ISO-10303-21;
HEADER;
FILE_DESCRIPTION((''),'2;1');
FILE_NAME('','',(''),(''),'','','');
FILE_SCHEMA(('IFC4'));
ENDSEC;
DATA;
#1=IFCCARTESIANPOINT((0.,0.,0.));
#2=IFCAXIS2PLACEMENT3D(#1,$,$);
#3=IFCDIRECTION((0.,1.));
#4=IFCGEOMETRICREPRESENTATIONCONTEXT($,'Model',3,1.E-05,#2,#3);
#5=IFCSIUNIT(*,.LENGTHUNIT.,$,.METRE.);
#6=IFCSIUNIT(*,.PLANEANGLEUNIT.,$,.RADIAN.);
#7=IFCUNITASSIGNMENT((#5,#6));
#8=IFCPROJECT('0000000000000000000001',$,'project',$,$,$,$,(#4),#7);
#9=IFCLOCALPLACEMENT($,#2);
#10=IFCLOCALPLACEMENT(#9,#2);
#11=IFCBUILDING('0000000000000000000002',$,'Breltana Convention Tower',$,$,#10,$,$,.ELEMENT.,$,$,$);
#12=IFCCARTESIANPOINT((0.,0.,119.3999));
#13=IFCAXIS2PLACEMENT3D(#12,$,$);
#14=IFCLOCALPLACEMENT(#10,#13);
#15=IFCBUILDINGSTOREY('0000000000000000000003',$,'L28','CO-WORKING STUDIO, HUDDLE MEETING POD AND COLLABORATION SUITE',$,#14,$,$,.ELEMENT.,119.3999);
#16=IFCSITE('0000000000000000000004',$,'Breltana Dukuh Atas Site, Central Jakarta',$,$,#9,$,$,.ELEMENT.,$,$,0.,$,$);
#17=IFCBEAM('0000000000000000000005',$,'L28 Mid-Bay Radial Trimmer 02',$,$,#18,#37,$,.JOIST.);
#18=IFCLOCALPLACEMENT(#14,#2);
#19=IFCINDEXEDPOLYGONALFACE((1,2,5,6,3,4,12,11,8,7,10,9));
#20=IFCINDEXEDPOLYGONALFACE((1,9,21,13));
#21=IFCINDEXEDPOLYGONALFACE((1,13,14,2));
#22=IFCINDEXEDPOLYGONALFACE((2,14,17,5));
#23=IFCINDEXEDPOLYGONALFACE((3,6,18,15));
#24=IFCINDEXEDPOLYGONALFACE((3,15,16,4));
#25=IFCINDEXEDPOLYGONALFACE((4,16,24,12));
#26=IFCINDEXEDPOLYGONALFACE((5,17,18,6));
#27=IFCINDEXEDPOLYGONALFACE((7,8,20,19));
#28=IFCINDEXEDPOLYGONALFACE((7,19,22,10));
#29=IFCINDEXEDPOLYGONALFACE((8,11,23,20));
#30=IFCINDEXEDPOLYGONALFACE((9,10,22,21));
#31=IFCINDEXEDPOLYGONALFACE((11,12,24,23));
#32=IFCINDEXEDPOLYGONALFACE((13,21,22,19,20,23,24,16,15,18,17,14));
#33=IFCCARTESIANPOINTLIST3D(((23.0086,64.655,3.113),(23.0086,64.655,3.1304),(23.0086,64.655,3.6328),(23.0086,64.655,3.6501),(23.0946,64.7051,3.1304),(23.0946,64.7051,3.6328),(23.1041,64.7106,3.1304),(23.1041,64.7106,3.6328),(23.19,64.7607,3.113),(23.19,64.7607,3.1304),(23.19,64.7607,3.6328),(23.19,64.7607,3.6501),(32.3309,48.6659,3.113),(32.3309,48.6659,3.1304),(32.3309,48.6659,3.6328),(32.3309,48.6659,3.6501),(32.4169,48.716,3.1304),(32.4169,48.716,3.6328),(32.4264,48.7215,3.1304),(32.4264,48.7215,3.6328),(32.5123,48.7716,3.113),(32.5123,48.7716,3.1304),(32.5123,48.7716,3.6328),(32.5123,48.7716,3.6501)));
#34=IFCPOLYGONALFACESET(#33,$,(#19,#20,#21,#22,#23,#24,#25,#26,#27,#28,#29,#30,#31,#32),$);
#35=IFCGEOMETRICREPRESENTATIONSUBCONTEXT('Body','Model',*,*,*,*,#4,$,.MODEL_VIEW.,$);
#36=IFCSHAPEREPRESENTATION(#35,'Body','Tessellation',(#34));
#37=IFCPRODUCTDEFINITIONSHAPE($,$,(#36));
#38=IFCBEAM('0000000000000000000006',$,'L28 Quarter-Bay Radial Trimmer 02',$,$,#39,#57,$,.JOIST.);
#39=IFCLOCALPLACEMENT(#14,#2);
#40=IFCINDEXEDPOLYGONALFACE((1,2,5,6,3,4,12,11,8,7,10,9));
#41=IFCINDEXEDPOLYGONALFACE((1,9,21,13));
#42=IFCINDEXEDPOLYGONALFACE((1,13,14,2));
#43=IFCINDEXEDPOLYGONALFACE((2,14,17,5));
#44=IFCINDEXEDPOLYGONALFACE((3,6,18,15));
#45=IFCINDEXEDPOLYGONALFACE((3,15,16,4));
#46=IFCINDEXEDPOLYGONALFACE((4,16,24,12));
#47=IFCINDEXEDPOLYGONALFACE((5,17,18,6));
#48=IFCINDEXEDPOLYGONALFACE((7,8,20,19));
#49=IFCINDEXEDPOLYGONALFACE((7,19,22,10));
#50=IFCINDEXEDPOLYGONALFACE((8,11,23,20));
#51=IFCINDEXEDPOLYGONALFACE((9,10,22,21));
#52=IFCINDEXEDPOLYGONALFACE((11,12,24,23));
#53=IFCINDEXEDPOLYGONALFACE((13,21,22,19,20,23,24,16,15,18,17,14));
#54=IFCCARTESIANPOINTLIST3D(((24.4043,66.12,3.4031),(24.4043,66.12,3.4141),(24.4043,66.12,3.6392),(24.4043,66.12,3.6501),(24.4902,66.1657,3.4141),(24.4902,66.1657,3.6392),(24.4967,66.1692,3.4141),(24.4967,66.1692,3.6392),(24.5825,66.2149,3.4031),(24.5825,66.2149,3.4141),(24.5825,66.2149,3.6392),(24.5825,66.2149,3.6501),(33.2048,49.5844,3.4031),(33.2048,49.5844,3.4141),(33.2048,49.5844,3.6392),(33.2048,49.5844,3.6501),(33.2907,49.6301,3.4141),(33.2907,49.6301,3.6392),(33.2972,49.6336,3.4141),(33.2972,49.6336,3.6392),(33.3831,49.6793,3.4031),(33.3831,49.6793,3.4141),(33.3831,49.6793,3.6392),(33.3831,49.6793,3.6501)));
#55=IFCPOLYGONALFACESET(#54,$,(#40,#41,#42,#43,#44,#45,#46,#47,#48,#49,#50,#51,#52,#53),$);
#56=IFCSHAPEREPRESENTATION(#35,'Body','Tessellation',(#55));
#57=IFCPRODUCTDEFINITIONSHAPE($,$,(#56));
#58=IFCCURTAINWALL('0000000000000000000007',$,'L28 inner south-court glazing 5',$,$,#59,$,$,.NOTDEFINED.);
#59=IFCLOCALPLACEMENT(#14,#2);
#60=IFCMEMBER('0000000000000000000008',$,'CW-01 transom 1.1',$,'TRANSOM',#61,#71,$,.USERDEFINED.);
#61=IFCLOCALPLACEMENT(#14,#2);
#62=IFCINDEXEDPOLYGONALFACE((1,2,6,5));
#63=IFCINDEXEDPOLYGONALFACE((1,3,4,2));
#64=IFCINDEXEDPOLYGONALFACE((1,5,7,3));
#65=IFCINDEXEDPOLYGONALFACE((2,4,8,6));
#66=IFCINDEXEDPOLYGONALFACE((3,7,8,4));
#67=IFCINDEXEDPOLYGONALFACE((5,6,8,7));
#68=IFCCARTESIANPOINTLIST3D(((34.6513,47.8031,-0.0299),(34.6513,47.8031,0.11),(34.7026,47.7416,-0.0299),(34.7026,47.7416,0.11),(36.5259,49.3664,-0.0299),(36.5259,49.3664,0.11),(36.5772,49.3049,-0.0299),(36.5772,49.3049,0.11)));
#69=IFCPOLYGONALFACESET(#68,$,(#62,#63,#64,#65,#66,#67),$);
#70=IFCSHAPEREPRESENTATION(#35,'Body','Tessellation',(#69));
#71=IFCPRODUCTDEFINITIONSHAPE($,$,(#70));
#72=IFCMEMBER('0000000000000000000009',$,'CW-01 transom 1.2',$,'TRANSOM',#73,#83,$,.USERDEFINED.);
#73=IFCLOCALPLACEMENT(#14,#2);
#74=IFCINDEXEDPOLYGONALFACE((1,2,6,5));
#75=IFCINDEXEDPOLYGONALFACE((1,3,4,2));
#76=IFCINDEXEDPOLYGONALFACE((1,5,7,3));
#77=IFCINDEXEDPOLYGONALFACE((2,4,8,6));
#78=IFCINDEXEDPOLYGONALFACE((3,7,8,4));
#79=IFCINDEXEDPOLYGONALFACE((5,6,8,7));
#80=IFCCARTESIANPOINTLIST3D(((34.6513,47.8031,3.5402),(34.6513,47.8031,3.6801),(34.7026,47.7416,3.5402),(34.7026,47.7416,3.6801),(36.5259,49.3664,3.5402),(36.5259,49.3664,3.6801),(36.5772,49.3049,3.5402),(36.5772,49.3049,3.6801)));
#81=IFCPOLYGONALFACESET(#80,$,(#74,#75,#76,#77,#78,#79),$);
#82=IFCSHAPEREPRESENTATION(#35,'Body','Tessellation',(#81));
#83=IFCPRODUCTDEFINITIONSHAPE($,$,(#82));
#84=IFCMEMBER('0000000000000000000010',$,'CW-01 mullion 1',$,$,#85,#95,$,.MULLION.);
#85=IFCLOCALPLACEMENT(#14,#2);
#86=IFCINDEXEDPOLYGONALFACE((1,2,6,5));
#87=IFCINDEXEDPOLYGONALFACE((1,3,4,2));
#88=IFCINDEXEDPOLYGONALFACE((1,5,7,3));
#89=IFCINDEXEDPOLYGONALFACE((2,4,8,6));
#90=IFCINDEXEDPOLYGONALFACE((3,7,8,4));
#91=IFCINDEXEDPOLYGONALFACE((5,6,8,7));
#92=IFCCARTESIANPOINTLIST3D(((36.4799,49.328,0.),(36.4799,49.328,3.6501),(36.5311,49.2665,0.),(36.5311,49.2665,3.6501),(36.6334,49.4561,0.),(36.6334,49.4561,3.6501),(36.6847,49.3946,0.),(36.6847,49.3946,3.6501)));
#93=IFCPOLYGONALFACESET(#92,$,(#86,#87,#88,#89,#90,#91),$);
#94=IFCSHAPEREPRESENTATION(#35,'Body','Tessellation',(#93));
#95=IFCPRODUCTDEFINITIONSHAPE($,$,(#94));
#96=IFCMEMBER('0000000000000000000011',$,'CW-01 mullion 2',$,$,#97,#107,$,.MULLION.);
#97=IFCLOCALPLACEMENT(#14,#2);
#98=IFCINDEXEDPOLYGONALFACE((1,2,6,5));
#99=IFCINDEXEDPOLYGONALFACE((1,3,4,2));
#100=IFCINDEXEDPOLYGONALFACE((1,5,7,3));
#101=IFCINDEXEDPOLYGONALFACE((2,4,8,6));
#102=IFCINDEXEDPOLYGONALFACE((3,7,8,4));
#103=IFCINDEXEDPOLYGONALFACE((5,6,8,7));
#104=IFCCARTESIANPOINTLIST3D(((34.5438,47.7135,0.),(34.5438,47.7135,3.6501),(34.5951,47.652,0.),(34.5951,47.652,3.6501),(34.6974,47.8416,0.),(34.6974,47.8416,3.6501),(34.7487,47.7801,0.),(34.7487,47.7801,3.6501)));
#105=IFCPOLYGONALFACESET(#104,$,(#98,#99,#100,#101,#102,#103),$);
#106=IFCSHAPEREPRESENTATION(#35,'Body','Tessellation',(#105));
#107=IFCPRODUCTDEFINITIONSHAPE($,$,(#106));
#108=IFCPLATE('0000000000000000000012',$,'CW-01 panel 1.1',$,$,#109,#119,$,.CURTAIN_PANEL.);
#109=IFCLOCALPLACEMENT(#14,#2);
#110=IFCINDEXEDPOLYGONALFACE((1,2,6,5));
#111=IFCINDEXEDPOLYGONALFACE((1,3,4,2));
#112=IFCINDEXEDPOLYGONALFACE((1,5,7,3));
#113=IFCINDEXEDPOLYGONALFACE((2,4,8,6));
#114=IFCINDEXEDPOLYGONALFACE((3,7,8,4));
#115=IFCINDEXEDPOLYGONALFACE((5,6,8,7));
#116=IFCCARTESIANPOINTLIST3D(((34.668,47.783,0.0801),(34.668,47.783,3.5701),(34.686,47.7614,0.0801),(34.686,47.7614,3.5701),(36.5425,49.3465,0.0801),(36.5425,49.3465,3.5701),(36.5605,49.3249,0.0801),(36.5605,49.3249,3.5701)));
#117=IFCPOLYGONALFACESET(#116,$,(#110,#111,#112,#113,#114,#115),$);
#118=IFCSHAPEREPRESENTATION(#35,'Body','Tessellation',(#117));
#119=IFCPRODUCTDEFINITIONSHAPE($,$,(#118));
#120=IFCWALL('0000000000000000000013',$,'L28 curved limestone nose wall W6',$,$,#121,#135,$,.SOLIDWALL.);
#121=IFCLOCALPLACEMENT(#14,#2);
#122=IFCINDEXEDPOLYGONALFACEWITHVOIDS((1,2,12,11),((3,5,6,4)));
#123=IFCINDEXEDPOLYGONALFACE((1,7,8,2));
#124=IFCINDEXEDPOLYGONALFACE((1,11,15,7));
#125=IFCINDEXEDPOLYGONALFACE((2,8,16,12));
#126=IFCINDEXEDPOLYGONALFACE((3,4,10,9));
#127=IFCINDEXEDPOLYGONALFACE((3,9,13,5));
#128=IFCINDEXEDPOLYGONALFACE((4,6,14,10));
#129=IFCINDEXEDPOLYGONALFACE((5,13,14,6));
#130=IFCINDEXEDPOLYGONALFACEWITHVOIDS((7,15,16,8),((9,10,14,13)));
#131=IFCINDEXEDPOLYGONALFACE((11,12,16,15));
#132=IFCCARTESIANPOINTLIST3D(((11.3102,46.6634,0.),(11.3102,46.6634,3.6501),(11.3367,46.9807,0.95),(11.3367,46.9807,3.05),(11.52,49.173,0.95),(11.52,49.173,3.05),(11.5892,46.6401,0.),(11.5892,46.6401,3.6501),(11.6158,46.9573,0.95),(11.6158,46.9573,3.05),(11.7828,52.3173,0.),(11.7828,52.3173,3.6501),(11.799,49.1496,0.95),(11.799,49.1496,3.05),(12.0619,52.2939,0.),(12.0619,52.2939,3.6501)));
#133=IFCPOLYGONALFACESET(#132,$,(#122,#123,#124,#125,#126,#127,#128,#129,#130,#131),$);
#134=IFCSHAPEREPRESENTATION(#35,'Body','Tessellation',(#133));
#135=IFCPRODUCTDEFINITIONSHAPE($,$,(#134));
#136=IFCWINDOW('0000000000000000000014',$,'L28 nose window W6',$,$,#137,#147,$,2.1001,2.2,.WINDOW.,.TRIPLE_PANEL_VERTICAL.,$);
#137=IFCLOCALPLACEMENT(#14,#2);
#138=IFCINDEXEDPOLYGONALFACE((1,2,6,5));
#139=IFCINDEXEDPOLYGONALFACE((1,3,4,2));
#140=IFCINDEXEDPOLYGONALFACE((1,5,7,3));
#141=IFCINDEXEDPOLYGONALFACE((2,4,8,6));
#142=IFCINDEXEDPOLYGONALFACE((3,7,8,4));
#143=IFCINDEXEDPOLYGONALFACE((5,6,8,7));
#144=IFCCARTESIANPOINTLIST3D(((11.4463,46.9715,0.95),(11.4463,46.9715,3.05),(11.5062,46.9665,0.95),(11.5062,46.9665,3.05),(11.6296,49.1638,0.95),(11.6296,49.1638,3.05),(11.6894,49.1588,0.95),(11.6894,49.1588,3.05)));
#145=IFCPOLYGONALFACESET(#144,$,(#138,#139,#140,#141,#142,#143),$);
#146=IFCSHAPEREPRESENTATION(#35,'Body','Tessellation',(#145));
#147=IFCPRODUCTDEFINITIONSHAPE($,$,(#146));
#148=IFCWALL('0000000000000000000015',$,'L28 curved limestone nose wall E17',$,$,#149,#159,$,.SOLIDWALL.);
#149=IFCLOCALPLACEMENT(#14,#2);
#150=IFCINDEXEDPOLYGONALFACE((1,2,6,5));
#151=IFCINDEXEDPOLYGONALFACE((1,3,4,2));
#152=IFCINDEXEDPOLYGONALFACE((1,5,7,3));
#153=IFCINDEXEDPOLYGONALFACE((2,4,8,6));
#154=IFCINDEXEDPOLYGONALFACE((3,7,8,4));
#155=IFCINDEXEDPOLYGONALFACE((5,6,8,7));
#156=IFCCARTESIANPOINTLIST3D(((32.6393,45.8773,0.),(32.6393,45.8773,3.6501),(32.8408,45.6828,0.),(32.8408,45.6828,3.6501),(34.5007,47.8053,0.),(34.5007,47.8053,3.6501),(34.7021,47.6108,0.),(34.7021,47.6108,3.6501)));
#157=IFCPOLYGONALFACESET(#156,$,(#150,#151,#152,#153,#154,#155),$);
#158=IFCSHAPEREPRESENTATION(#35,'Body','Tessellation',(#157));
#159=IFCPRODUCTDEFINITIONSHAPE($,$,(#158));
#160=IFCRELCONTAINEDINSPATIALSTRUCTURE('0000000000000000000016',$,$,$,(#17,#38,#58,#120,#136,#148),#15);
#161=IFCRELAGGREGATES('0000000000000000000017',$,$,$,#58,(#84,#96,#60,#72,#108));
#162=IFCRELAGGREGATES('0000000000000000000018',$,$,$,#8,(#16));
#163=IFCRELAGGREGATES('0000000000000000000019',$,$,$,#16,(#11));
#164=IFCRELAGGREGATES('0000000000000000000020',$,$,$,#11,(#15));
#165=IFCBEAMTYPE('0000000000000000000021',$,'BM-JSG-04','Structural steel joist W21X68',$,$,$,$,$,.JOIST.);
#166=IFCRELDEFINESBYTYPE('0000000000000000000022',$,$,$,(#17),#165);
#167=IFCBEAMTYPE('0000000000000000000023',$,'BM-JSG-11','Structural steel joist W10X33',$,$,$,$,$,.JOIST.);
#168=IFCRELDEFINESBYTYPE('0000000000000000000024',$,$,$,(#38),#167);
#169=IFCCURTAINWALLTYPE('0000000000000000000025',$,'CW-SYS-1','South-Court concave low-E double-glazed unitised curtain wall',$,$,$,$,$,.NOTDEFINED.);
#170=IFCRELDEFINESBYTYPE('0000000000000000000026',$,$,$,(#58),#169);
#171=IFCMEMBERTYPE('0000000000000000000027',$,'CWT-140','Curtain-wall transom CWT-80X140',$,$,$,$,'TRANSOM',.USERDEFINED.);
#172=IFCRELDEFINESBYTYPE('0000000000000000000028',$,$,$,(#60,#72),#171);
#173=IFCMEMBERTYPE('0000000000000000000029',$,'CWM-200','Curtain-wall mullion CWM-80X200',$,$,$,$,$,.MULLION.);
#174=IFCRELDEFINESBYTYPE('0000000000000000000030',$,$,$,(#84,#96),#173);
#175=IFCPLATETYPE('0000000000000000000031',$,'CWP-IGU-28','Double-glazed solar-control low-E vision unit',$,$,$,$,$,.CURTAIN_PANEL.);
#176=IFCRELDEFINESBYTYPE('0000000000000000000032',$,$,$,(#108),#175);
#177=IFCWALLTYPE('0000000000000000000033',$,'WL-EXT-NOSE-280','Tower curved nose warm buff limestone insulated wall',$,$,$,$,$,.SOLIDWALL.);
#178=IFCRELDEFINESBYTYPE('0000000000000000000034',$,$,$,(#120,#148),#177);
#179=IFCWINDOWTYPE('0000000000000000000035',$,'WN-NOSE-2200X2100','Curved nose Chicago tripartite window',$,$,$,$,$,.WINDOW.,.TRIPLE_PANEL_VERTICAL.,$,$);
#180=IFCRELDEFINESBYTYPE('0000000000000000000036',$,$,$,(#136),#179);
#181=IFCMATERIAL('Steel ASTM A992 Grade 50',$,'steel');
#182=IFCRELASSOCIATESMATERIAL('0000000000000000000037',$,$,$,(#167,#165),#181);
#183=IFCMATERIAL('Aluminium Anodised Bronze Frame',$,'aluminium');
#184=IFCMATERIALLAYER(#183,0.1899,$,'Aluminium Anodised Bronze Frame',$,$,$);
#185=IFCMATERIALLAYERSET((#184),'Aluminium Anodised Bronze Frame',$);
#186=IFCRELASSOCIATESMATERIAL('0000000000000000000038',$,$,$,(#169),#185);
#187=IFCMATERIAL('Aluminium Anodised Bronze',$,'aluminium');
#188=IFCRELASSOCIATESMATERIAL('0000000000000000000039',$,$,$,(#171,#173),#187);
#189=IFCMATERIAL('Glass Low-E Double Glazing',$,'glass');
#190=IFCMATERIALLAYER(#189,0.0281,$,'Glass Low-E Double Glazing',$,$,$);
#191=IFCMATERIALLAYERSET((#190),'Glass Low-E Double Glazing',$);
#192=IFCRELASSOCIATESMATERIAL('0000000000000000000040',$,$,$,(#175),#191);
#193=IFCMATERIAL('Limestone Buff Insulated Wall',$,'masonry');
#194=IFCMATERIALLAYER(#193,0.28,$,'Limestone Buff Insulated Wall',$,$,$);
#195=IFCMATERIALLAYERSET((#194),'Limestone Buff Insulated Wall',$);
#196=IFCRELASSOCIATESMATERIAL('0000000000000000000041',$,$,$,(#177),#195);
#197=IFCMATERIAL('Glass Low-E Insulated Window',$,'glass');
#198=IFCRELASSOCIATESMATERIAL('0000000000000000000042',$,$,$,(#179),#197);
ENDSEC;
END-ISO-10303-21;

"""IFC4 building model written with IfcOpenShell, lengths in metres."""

from ifc_helpers import new_model, si_unit, direction, frame, frame_2d, origin, origin_2d, place, context, subcontext, project, spatial, rectangle, i_section, extrude, source, transform, mapped, material, layer, layer_set, material_profile, profile_set, type_object, type_shapes, element, fill, aggregate, save


model = new_model("IFC4")

# Units and contexts
model_context = context("Model", 3, precision=1e-05, world=origin(), true_north=direction((0.0, 1.0)))
body_context = subcontext(model_context, "Body", "Model", "MODEL_VIEW")
ifc_project = project(units=[si_unit("LENGTHUNIT", "METRE"), si_unit("PLANEANGLEUNIT", "RADIAN")], contexts=[model_context])

# Site, building, storey
site_placement = place(None, origin())
site = spatial("IfcSite", under=ifc_project, at=site_placement, Name="Breltana Dukuh Atas Site, Central Jakarta", CompositionType="ELEMENT", RefElevation=0.0)
building_placement = place(site_placement, origin())
building = spatial("IfcBuilding", under=site, at=building_placement, Name="Breltana Convention Tower", CompositionType="ELEMENT")
storey_placement = place(building_placement, frame((0.0, 0.0, 119.3999)))
storey = spatial("IfcBuildingStorey", under=building, at=storey_placement, Name="L28", Description="CO-WORKING STUDIO, HUDDLE MEETING POD AND COLLABORATION SUITE", CompositionType="ELEMENT", Elevation=119.3999)

# Beams
ifc_material_1 = material(Name="Steel ASTM A992 Grade 50", Category="steel")
ifc_material_profile_1 = material_profile(ifc_material_1, i_section(OverallWidth=0.2019, OverallDepth=0.2471, WebThickness=0.0073, FlangeThickness=0.011, at=origin_2d()), Name="W10X33")
ifc_profile_set_1 = profile_set([ifc_material_profile_1], Name="Steel ASTM A992 Grade 50")
beam_type_1 = type_object("IfcBeamType", Name="BM-JSG-11", Description="Structural steel joist W10X33", PredefinedType="JOIST", material=ifc_profile_set_1)
ifc_material_profile_2 = material_profile(ifc_material_1, i_section(OverallWidth=0.21, OverallDepth=0.5371, WebThickness=0.011, FlangeThickness=0.0173, at=origin_2d()), Name="W21X68")
ifc_profile_set_2 = profile_set([ifc_material_profile_2], Name="Steel ASTM A992 Grade 50")
beam_type_2 = type_object("IfcBeamType", Name="BM-JSG-04", Description="Structural steel joist W21X68", PredefinedType="JOIST", material=ifc_profile_set_2)
shared_shape_1 = source(origin(), body_context, "Body", "SweptSolid", [
    extrude(i_section(OverallWidth=0.21, OverallDepth=0.5371, WebThickness=0.011, FlangeThickness=0.0173, at=origin_2d()), origin(), (0.0, 0.0, 1.0), 18.5083),
])
beam_1_placement = place(storey_placement, frame((32.4216, 48.7188, 3.3816), z_axis=(-0.503683, 0.863888, 0.0), x_axis=(-0.863888, -0.503683, 0.0)))
element("IfcBeam", 1, at=beam_1_placement, inside=storey, type_object=beam_type_2, Name="L28 Mid-Bay Radial Trimmer 02", PredefinedType="JOIST", context=body_context, shape_type="MappedRepresentation", body=[
    mapped(shared_shape_1, transform((0.0, 0.0, 0.0), scale=1.0)),
])
shared_shape_2 = source(origin(), body_context, "Body", "SweptSolid", [
    extrude(i_section(OverallWidth=0.2019, OverallDepth=0.2471, WebThickness=0.0073, FlangeThickness=0.011, at=origin_2d()), origin(), (0.0, 0.0, 1.0), 18.7317),
])
beam_2_placement = place(storey_placement, frame((33.2939, 49.6318, 3.5266), z_axis=(-0.46982, 0.882762, 0.0), x_axis=(-0.882762, -0.46982, 0.0)))
element("IfcBeam", 2, at=beam_2_placement, inside=storey, type_object=beam_type_1, Name="L28 Quarter-Bay Radial Trimmer 02", PredefinedType="JOIST", context=body_context, shape_type="MappedRepresentation", body=[
    mapped(shared_shape_2, transform((0.0, 0.0, 0.0), scale=1.0)),
])

# Curtain wall, members, plate
ifc_material_2 = material(Name="Aluminium Anodised Bronze Frame", Category="aluminium")
ifc_layer_1 = layer(ifc_material_2, 0.1899, Name="Aluminium Anodised Bronze Frame")
ifc_layer_set_1 = layer_set([ifc_layer_1], Name="Aluminium Anodised Bronze Frame")
curtain_wall_type = type_object("IfcCurtainWallType", Name="CW-SYS-1", Description="South-Court concave low-E double-glazed unitised curtain wall", PredefinedType="NOTDEFINED", material=ifc_layer_set_1)
curtain_wall_placement = place(storey_placement, origin())
curtain_wall = element("IfcCurtainWall", 3, at=curtain_wall_placement, inside=storey, type_object=curtain_wall_type, Name="L28 inner south-court glazing 5", PredefinedType="NOTDEFINED")
ifc_material_3 = material(Name="Aluminium Anodised Bronze", Category="aluminium")
ifc_material_profile_3 = material_profile(ifc_material_3, rectangle(XDim=0.0801, YDim=0.1399, at=origin_2d()), Name="CWT-80X140")
ifc_profile_set_3 = profile_set([ifc_material_profile_3], Name="Aluminium Anodised Bronze")
member_type_1 = type_object("IfcMemberType", Name="CWT-140", Description="Curtain-wall transom CWT-80X140", ElementType="TRANSOM", PredefinedType="USERDEFINED", material=ifc_profile_set_3)
shared_shape_3 = source(origin(), body_context, "Body", "SweptSolid", [
    extrude(rectangle(XDim=0.0801, YDim=0.1399, at=origin_2d()), origin(), (0.0, 0.0, 1.0), 2.4409),
])
member_1_placement = place(storey_placement, frame((36.5515, 49.3357, 0.04), z_axis=(-0.767992, -0.64046, 0.0), x_axis=(0.64046, -0.767992, 0.0)))
member_1 = element("IfcMember", 4, at=member_1_placement, type_object=member_type_1, Name="CW-01 transom 1.1", ObjectType="TRANSOM", PredefinedType="USERDEFINED", context=body_context, shape_type="MappedRepresentation", body=[
    mapped(shared_shape_3, transform((0.0, 0.0, 0.0), scale=1.0)),
])
member_2_placement = place(storey_placement, frame((36.5515, 49.3357, 3.6101), z_axis=(-0.767992, -0.64046, 0.0), x_axis=(0.64046, -0.767992, 0.0)))
member_2 = element("IfcMember", 5, at=member_2_placement, type_object=member_type_1, Name="CW-01 transom 1.2", ObjectType="TRANSOM", PredefinedType="USERDEFINED", context=body_context, shape_type="MappedRepresentation", body=[
    mapped(shared_shape_3, transform((0.0, 0.0, 0.0), scale=1.0)),
])
ifc_material_profile_4 = material_profile(ifc_material_3, rectangle(XDim=0.0801, YDim=0.2, at=origin_2d()), Name="CWM-80X200")
ifc_profile_set_4 = profile_set([ifc_material_profile_4], Name="Aluminium Anodised Bronze")
member_type_2 = type_object("IfcMemberType", Name="CWM-200", Description="Curtain-wall mullion CWM-80X200", PredefinedType="MULLION", material=ifc_profile_set_4)
shared_shape_4 = source(origin(), body_context, "Body", "SweptSolid", [
    extrude(rectangle(XDim=0.0801, YDim=0.2, at=origin_2d()), origin(), (0.0, 0.0, 1.0), 3.6501),
])
member_3_placement = place(storey_placement, frame((36.5823, 49.3613, 0.0), z_axis=(0.0, 0.0, 1.0), x_axis=(0.640521, -0.767941, 0.0)))
member_3 = element("IfcMember", 6, at=member_3_placement, type_object=member_type_2, Name="CW-01 mullion 1", PredefinedType="MULLION", context=body_context, shape_type="MappedRepresentation", body=[
    mapped(shared_shape_4, transform((0.0, 0.0, 0.0), scale=1.0)),
])
member_4_placement = place(storey_placement, frame((34.6462, 47.7468, 0.0), z_axis=(0.0, 0.0, 1.0), x_axis=(0.640521, -0.767941, 0.0)))
member_4 = element("IfcMember", 7, at=member_4_placement, type_object=member_type_2, Name="CW-01 mullion 2", PredefinedType="MULLION", context=body_context, shape_type="MappedRepresentation", body=[
    mapped(shared_shape_4, transform((0.0, 0.0, 0.0), scale=1.0)),
])
ifc_material_4 = material(Name="Glass Low-E Double Glazing", Category="glass")
ifc_layer_2 = layer(ifc_material_4, 0.0281, Name="Glass Low-E Double Glazing")
ifc_layer_set_2 = layer_set([ifc_layer_2], Name="Glass Low-E Double Glazing")
plate_type = type_object("IfcPlateType", Name="CWP-IGU-28", Description="Double-glazed solar-control low-E vision unit", PredefinedType="CURTAIN_PANEL", material=ifc_layer_set_2)
shared_shape_5 = source(origin(), body_context, "Body", "SweptSolid", [
    extrude(rectangle(XDim=2.4409, YDim=0.0281, at=origin_2d()), origin(), (0.0, 0.0, 1.0), 3.49),
])
plate_placement = place(storey_placement, frame((35.6143, 48.554, 0.0801), z_axis=(0.0, 0.0, 1.0), x_axis=(-0.767941, -0.640521, 0.0)))
plate = element("IfcPlate", 8, at=plate_placement, type_object=plate_type, Name="CW-01 panel 1.1", PredefinedType="CURTAIN_PANEL", context=body_context, shape_type="MappedRepresentation", body=[
    mapped(shared_shape_5, transform((0.0, 0.0, 0.0), scale=1.0)),
])
aggregate(curtain_wall, [member_3, member_4, member_1, member_2, plate])

# Wall, opening, window
ifc_material_5 = material(Name="Limestone Buff Insulated Wall", Category="masonry")
ifc_layer_3 = layer(ifc_material_5, 0.28, Name="Limestone Buff Insulated Wall")
ifc_layer_set_3 = layer_set([ifc_layer_3], Name="Limestone Buff Insulated Wall")
wall_type_1 = type_object("IfcWallType", Name="WL-EXT-NOSE-280", Description="Tower curved nose warm buff limestone insulated wall", PredefinedType="SOLIDWALL", material=ifc_layer_set_3)
shared_shape_6 = source(origin(), body_context, "Body", "SweptSolid", [
    extrude(rectangle(XDim=5.6736, YDim=0.28, at=frame_2d((2.8369, 0.0))), origin(), (0.0, 0.0, 1.0), 3.6501),
])
wall_1_placement = place(storey_placement, frame((11.4497, 46.6516, 0.0), z_axis=(0.0, 0.0, 1.0), x_axis=(0.083309, 0.996524, 0.0)))
wall_1 = element("IfcWall", 9, at=wall_1_placement, inside=storey, type_object=wall_type_1, Name="L28 curved limestone nose wall W6", PredefinedType="SOLIDWALL", context=body_context, shape_type="MappedRepresentation", body=[
    mapped(shared_shape_6, transform((0.0, 0.0, 0.0), scale=1.0)),
])
opening_placement = place(wall_1_placement, frame((0.3184, 0.0, 0.95)))
opening = element("IfcOpeningElement", 10, at=opening_placement, cuts=wall_1, PredefinedType="OPENING", context=body_context, shape_type="SweptSolid", body=[
    extrude(rectangle(XDim=2.2, YDim=2.1001, at=frame_2d((1.1001, 1.05))), frame((0.0, 0.1499, 0.0), z_axis=(0.0, -1.0, 0.0), x_axis=(1.0, 0.0, 0.0)), (0.0, 0.0, 1.0), 0.3),
])
ifc_material_6 = material(Name="Glass Low-E Insulated Window", Category="glass")
window_type = type_object("IfcWindowType", Name="WN-NOSE-2200X2100", Description="Curved nose Chicago tripartite window", PartitioningType="TRIPLE_PANEL_VERTICAL", PredefinedType="WINDOW", material=ifc_material_6)
shared_shape_7 = source(origin(), body_context, "Body", "SweptSolid", [
    extrude(rectangle(XDim=2.2, YDim=2.1001, at=frame_2d((1.1001, 1.05))), frame((0.0, 0.03, 0.0), z_axis=(0.0, -1.0, 0.0), x_axis=(1.0, 0.0, 0.0)), (0.0, 0.0, 1.0), 0.0601),
])
type_shapes(window_type, [shared_shape_7])
window_placement = place(opening_placement, origin())
window = element("IfcWindow", 11, at=window_placement, inside=storey, type_object=window_type, Name="L28 nose window W6", OverallHeight=2.1001, OverallWidth=2.2, PartitioningType="TRIPLE_PANEL_VERTICAL", PredefinedType="WINDOW", context=body_context, shape_type="MappedRepresentation", body=[
    mapped(shared_shape_7, transform((0.0, 0.0, 0.0), scale=1.0)),
])
fill(opening, window)

# Wall
shared_shape_8 = source(origin(), body_context, "Body", "SweptSolid", [
    extrude(rectangle(XDim=2.6799, YDim=0.28, at=frame_2d((1.3398, 0.0))), origin(), (0.0, 0.0, 1.0), 3.6501),
])
wall_2_placement = place(storey_placement, frame((34.6013, 47.708, 0.0), z_axis=(0.0, 0.0, 1.0), x_axis=(-0.694562, -0.719433, 0.0)))
element("IfcWall", 12, at=wall_2_placement, inside=storey, type_object=wall_type_1, Name="L28 curved limestone nose wall E17", PredefinedType="SOLIDWALL", context=body_context, shape_type="MappedRepresentation", body=[
    mapped(shared_shape_8, transform((0.0, 0.0, 0.0), scale=1.0)),
])

save(model, "model.ifc")
